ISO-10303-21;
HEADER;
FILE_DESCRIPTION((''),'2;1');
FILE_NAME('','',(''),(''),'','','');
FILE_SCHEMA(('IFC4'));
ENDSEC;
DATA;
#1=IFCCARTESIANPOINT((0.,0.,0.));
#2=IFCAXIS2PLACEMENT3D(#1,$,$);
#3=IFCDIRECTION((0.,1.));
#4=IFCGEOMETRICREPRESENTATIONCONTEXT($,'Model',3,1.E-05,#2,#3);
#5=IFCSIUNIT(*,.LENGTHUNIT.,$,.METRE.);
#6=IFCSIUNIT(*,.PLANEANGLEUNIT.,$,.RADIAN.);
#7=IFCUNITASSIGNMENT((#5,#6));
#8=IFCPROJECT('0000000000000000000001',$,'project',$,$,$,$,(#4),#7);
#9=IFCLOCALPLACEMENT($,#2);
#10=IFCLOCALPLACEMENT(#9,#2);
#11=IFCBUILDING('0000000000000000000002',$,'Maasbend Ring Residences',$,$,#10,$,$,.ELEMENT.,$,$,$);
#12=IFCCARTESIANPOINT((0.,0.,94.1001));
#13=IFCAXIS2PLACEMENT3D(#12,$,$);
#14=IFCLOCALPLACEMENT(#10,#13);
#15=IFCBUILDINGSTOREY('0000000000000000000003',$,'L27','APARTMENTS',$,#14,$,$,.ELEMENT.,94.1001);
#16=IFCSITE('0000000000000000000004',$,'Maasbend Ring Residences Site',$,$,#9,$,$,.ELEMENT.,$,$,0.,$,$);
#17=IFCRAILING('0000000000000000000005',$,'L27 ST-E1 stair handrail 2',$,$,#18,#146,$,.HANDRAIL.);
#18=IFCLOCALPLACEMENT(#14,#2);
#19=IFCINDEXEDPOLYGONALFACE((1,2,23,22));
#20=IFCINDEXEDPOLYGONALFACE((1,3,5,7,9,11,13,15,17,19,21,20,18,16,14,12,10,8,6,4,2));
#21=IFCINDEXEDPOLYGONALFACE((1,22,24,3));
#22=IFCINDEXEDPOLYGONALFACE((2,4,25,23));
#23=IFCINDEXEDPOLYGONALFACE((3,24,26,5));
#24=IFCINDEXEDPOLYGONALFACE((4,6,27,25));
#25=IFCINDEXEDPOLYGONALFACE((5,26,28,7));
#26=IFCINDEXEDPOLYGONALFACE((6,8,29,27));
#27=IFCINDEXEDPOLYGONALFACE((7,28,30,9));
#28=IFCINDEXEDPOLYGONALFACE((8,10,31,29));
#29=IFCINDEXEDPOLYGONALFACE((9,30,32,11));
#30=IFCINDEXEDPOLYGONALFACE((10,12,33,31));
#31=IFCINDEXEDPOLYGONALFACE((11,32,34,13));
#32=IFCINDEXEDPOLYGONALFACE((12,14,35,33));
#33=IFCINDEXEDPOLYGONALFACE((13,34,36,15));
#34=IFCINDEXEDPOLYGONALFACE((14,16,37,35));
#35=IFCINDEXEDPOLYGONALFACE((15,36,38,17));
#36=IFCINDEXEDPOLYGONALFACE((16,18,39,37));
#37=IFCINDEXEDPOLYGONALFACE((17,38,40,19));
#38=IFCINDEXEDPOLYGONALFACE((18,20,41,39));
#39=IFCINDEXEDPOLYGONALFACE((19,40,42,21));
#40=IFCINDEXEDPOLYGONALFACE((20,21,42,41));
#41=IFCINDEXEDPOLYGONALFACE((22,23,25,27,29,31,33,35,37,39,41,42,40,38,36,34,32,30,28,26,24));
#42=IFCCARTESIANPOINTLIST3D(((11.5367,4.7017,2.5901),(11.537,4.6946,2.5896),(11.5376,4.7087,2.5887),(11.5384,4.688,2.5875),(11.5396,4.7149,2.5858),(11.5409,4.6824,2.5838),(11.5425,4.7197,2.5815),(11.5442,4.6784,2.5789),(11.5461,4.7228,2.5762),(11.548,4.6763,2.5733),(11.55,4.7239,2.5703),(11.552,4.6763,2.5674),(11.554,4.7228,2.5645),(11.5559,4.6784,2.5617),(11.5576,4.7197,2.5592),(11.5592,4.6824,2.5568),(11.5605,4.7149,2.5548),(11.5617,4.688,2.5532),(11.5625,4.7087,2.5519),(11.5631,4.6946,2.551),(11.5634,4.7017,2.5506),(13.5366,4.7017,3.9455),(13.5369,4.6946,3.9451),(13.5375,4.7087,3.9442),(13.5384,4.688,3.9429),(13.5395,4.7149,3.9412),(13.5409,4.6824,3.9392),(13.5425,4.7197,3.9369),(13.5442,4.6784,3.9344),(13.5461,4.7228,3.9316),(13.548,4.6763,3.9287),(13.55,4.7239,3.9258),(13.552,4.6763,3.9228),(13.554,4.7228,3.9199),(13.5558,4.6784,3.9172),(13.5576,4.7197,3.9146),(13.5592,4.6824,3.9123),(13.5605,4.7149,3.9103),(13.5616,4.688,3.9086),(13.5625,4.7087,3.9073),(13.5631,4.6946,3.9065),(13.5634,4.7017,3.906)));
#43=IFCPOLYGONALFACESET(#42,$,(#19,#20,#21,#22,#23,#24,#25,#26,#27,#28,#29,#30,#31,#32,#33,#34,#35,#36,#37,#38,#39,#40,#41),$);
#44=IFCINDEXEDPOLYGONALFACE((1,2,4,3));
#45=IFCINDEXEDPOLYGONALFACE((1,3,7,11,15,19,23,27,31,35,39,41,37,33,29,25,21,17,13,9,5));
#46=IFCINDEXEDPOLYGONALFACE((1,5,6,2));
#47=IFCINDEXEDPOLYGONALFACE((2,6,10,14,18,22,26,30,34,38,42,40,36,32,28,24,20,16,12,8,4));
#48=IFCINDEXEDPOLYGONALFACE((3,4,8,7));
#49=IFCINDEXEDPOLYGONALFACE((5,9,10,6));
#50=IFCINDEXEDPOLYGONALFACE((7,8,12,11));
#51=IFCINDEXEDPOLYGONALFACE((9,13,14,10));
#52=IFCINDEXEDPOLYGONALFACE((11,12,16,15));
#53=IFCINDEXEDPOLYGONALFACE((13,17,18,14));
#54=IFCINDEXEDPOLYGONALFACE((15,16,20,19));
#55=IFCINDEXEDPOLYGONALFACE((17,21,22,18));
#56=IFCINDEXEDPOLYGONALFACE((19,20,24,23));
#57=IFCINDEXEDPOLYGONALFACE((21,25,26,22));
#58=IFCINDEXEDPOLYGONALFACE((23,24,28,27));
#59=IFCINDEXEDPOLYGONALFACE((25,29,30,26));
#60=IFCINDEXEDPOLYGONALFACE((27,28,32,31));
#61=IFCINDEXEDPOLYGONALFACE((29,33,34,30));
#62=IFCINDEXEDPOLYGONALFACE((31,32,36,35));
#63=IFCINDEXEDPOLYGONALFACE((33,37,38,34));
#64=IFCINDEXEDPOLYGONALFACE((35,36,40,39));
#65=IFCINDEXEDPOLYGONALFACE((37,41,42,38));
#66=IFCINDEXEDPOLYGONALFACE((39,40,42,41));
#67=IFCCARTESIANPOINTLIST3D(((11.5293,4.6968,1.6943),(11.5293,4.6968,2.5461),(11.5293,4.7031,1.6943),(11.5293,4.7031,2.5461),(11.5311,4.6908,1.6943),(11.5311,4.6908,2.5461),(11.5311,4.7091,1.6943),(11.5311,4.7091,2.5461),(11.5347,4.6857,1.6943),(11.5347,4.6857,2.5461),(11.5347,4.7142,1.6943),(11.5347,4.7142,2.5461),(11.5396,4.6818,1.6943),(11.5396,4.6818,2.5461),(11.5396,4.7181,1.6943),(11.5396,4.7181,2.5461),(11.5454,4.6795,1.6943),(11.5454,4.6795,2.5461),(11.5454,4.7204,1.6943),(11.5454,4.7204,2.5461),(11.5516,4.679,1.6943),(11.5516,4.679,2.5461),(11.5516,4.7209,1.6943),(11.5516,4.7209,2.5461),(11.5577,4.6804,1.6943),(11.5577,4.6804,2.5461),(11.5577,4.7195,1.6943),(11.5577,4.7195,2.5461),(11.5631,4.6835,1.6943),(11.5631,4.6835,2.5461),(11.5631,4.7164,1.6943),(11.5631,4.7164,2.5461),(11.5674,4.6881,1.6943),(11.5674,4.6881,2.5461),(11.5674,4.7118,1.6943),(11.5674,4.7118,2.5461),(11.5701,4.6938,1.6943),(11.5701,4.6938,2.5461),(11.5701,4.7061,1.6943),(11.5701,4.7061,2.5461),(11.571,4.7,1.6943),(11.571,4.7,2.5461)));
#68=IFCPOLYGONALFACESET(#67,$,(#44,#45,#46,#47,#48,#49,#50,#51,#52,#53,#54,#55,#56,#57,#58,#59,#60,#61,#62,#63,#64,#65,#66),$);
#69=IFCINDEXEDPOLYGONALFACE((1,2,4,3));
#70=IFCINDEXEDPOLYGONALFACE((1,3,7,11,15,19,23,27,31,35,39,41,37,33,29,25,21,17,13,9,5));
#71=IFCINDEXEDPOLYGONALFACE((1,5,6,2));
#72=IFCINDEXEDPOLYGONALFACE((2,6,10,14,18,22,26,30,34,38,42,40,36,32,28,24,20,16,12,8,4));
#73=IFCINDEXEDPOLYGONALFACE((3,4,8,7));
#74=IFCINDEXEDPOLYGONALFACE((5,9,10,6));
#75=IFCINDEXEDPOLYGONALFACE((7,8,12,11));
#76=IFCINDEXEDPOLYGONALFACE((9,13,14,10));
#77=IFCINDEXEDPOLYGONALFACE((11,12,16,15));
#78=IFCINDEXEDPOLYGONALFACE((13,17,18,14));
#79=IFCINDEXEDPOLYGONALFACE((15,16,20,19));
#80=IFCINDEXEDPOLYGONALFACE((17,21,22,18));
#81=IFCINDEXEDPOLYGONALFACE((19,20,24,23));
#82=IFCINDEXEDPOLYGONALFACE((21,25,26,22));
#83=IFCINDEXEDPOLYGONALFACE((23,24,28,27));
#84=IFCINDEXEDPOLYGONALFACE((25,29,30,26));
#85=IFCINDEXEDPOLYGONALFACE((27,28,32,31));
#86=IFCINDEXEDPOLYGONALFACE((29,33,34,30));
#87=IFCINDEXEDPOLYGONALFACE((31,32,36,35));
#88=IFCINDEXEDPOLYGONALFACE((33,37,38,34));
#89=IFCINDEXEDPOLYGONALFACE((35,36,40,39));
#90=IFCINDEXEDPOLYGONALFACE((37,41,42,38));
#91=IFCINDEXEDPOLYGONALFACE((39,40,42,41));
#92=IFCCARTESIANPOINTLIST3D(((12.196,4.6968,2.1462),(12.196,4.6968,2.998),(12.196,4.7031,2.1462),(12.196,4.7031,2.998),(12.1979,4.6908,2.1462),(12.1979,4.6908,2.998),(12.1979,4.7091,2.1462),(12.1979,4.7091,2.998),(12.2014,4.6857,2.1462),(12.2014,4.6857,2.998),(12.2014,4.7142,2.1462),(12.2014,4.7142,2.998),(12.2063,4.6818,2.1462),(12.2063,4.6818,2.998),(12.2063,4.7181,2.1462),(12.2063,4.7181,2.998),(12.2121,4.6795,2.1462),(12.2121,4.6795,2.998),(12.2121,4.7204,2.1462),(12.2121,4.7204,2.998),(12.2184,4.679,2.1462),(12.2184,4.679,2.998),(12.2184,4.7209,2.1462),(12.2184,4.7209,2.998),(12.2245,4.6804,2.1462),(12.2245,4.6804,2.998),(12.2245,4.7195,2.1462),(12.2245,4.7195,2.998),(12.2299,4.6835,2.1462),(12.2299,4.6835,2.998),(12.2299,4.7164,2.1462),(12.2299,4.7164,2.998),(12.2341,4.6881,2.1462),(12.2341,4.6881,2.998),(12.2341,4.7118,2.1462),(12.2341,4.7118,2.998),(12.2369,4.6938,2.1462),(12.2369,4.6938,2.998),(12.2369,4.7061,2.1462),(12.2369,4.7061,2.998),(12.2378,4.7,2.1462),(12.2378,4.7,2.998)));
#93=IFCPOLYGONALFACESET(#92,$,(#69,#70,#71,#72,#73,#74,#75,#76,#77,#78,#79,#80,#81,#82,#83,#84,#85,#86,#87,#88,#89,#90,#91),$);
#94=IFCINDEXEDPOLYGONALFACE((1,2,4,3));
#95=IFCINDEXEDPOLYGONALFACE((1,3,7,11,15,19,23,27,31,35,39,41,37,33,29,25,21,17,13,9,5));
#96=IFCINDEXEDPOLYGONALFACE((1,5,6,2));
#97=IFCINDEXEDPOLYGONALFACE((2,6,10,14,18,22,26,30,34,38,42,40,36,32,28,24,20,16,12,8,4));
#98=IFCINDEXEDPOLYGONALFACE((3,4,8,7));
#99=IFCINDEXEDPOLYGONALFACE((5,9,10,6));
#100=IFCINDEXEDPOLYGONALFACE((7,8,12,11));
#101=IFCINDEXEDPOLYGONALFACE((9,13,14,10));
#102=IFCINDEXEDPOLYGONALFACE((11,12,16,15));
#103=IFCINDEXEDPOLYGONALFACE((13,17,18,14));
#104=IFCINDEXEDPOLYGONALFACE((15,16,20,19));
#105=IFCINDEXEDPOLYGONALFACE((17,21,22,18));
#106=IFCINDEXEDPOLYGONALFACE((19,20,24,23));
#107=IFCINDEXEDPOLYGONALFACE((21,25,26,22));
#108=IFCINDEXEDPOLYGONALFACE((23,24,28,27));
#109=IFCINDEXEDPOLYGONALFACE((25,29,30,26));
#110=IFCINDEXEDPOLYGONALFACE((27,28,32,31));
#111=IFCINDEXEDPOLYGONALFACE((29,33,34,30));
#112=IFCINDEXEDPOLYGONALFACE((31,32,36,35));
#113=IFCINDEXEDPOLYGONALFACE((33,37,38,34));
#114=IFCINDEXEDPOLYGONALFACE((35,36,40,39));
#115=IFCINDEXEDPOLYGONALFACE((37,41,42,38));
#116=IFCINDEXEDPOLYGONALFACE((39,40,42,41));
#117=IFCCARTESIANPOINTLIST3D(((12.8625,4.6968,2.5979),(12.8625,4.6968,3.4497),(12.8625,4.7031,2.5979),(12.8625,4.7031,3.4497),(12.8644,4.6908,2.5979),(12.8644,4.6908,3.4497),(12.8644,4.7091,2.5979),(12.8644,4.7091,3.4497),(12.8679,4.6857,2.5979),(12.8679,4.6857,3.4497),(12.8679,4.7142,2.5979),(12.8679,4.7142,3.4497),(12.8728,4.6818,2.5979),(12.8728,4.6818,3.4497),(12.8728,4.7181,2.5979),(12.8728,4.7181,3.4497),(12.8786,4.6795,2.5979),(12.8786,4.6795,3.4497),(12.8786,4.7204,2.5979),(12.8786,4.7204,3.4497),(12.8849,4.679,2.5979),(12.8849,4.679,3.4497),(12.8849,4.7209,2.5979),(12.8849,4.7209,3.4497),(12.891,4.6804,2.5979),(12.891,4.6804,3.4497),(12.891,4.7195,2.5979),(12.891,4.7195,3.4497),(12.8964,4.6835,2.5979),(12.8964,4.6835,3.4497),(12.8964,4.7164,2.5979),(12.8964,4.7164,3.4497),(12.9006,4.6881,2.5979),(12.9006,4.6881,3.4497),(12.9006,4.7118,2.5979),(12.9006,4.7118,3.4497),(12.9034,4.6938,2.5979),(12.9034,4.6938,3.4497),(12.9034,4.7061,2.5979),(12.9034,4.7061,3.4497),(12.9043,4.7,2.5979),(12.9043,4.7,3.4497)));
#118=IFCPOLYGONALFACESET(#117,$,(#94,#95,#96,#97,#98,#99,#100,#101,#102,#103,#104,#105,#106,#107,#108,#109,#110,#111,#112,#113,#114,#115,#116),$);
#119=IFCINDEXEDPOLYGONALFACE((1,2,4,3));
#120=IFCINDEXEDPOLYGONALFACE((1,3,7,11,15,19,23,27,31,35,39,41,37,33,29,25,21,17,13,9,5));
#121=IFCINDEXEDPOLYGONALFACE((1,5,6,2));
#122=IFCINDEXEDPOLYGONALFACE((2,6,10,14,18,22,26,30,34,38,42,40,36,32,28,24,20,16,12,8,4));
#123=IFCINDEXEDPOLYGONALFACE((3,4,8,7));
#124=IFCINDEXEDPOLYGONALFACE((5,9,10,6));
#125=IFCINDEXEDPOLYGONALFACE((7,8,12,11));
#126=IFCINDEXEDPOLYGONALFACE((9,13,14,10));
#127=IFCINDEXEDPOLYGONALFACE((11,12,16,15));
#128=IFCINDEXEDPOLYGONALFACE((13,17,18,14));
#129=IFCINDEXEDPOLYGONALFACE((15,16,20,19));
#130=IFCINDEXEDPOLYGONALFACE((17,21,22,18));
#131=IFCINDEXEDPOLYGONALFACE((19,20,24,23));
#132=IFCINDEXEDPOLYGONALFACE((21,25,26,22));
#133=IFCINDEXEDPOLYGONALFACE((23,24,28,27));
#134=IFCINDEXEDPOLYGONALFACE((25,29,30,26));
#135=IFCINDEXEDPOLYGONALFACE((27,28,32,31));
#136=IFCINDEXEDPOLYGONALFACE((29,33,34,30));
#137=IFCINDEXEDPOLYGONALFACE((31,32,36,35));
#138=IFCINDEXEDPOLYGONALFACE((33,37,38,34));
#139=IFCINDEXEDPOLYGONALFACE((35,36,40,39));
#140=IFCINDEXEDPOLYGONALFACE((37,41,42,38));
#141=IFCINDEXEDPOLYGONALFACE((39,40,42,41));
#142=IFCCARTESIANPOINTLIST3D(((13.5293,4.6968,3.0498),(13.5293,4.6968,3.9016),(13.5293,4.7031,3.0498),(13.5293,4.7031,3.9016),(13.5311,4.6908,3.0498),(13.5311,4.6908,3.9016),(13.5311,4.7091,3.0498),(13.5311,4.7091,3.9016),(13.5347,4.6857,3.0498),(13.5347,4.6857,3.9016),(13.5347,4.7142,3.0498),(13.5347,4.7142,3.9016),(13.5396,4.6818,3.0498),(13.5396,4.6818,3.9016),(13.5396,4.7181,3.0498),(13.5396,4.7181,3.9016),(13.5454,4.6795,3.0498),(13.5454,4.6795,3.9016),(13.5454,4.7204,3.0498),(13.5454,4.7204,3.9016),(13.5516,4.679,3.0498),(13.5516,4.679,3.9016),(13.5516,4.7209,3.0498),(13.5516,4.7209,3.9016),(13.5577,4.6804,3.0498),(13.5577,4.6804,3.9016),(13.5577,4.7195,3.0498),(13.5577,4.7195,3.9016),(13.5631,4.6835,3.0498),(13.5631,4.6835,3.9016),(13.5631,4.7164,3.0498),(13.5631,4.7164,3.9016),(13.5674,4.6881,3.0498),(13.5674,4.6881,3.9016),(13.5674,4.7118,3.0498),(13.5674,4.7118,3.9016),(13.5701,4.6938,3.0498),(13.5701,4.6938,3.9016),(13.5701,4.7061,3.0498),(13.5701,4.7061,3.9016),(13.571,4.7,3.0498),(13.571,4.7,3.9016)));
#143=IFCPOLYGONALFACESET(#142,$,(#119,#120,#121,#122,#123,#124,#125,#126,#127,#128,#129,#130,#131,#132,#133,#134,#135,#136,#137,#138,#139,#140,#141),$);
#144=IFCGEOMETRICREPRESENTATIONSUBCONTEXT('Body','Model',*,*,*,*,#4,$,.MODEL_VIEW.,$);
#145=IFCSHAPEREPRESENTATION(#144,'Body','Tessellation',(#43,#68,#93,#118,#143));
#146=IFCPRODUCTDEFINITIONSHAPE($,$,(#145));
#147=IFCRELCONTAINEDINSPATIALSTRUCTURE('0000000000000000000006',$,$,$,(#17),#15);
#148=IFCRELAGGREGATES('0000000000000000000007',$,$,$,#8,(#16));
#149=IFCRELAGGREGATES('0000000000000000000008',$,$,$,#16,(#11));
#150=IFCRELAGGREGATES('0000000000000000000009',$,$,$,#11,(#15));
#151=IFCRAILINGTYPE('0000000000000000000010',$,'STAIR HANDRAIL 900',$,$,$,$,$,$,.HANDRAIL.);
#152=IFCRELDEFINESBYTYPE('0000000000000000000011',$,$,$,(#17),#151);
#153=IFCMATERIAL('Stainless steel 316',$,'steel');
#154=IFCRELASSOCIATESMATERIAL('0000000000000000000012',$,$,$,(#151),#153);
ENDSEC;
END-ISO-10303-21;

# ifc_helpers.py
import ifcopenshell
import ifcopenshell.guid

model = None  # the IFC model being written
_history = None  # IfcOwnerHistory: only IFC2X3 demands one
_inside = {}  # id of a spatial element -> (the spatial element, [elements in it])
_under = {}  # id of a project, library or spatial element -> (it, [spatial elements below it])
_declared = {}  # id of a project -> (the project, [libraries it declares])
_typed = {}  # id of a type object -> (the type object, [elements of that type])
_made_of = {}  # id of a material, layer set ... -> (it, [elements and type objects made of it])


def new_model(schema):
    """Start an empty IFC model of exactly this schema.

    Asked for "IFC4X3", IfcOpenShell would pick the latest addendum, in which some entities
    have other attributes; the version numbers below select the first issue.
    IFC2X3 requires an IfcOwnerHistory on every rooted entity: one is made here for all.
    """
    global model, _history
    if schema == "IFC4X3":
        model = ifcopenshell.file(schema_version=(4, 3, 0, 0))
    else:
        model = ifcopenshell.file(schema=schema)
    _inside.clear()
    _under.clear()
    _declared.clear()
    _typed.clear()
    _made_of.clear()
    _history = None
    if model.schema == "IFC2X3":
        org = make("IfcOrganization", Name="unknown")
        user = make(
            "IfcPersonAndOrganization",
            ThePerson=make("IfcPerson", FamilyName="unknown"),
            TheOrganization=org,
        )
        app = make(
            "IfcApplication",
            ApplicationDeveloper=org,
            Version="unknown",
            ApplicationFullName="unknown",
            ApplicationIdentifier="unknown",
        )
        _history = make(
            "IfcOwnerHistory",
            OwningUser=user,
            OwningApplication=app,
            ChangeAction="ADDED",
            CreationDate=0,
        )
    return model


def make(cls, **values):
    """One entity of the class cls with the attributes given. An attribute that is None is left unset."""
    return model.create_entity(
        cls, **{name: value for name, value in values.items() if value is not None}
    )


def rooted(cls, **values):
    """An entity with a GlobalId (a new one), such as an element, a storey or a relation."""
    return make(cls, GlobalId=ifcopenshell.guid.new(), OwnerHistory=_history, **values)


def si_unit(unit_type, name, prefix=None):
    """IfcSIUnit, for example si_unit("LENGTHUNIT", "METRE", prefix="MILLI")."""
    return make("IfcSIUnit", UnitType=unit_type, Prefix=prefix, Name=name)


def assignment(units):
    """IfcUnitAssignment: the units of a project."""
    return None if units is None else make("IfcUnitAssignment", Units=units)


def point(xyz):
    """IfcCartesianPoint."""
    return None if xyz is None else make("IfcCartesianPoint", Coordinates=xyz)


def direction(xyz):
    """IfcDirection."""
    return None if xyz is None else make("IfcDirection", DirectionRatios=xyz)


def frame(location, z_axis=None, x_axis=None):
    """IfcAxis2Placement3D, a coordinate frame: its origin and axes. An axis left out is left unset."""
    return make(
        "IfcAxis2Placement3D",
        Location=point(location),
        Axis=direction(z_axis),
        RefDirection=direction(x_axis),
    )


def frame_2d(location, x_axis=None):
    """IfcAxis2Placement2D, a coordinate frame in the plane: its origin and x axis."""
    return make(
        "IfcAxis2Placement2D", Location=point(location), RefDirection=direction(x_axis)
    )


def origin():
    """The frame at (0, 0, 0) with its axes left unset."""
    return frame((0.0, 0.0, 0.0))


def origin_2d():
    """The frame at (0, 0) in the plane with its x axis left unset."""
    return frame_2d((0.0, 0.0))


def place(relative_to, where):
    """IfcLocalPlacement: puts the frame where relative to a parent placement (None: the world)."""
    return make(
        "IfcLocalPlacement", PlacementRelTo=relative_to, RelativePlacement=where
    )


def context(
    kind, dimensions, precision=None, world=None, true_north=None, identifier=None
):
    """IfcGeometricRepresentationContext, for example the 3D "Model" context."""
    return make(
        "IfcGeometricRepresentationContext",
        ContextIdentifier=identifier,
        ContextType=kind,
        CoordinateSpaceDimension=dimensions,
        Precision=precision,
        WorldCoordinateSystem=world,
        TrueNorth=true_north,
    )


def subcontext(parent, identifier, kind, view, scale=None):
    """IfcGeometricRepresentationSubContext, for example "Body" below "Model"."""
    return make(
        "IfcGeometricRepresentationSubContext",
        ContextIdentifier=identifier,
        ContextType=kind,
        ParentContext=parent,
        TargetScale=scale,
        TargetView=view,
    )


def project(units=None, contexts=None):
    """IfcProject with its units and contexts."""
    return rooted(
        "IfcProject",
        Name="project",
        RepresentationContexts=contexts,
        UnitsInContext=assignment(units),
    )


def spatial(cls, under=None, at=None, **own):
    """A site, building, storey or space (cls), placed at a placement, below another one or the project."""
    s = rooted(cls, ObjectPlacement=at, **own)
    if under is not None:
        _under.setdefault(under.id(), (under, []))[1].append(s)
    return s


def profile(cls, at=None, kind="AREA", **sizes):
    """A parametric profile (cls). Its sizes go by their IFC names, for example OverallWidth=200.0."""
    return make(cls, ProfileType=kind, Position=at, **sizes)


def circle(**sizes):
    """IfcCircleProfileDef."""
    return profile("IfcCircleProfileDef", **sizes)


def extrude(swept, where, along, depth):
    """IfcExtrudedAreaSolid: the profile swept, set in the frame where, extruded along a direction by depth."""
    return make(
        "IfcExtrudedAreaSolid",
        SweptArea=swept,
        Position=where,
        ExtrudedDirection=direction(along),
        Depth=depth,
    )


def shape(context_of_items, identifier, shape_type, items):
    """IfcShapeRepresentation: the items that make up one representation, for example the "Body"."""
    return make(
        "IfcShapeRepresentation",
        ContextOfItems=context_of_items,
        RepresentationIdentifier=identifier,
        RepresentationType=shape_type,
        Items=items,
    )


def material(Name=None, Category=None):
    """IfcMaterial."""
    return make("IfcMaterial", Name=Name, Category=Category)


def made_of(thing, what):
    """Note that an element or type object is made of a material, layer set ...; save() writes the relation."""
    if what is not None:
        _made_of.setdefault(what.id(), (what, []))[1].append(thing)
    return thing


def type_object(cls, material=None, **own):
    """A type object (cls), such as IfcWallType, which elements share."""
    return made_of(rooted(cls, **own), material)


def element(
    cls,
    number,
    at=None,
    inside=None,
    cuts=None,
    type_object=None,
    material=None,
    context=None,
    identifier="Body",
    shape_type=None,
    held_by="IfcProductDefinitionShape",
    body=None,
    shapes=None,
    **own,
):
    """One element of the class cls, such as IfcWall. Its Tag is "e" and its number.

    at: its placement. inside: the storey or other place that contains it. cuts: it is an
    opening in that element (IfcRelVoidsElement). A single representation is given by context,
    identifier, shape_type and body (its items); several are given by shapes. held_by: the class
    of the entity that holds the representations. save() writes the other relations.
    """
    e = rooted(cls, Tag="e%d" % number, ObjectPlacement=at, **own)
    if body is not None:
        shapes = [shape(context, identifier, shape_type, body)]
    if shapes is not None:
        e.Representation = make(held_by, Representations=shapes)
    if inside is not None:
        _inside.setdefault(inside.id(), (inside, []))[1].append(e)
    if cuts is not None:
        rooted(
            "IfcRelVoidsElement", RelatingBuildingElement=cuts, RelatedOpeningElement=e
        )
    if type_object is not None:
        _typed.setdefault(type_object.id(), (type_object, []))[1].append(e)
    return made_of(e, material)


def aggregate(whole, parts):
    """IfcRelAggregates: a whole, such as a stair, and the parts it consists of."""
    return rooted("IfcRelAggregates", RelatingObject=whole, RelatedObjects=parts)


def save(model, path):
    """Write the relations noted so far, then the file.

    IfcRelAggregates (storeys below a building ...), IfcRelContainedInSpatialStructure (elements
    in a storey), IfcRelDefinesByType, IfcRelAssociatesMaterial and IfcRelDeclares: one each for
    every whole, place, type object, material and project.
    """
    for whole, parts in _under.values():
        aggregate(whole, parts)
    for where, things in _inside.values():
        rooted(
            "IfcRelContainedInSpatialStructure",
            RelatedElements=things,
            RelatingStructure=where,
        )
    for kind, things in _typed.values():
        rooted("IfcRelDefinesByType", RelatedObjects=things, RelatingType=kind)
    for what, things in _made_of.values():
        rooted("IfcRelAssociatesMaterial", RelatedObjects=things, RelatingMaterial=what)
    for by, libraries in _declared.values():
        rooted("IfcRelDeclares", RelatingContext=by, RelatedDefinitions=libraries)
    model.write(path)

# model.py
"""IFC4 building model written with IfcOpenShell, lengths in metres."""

from ifc_helpers import new_model, si_unit, direction, frame, origin, origin_2d, place, context, subcontext, project, spatial, circle, extrude, material, type_object, element, save


model = new_model("IFC4")

# Units and contexts
model_context = context("Model", 3, precision=1e-05, world=origin(), true_north=direction((0.0, 1.0)))
body_context = subcontext(model_context, "Body", "Model", "MODEL_VIEW")
ifc_project = project(units=[si_unit("LENGTHUNIT", "METRE"), si_unit("PLANEANGLEUNIT", "RADIAN")], contexts=[model_context])

# Site, building, storey
site_placement = place(None, origin())
site = spatial("IfcSite", under=ifc_project, at=site_placement, Name="Maasbend Ring Residences Site", CompositionType="ELEMENT", RefElevation=0.0)
building_placement = place(site_placement, origin())
building = spatial("IfcBuilding", under=site, at=building_placement, Name="Maasbend Ring Residences", CompositionType="ELEMENT")
storey_placement = place(building_placement, frame((0.0, 0.0, 94.1001)))
storey = spatial("IfcBuildingStorey", under=building, at=storey_placement, Name="L27", Description="APARTMENTS", CompositionType="ELEMENT", Elevation=94.1001)

# Railing
ifc_material_1 = material(Name="Stainless steel 316", Category="steel")
railing_type_1 = type_object("IfcRailingType", Name="STAIR HANDRAIL 900", PredefinedType="HANDRAIL", material=ifc_material_1)
railing_1_placement = place(storey_placement, frame((11.55, 4.7, 1.6943)))
element("IfcRailing", 1, at=railing_1_placement, inside=storey, type_object=railing_type_1, Name="L27 ST-E1 stair handrail 2", PredefinedType="HANDRAIL", context=body_context, shape_type="SweptSolid", body=[
    extrude(circle(Radius=0.0239, at=origin_2d()), frame((0.0, 0.0, 0.876), z_axis=(0.827798, 0.0, 0.561027), x_axis=(0.0, 1.0, 0.0)), (0.0, 0.0, 1.0), 2.416),
    extrude(circle(Radius=0.021, at=origin_2d()), origin(), (0.0, 0.0, 1.0), 0.8518),
    extrude(circle(Radius=0.021, at=origin_2d()), frame((0.6667, 0.0, 0.4519)), (0.0, 0.0, 1.0), 0.8518),
    extrude(circle(Radius=0.021, at=origin_2d()), frame((1.3333, 0.0, 0.9036)), (0.0, 0.0, 1.0), 0.8518),
    extrude(circle(Radius=0.021, at=origin_2d()), frame((2.0, 0.0, 1.3555)), (0.0, 0.0, 1.0), 0.8518),
])

save(model, "model.ifc")
